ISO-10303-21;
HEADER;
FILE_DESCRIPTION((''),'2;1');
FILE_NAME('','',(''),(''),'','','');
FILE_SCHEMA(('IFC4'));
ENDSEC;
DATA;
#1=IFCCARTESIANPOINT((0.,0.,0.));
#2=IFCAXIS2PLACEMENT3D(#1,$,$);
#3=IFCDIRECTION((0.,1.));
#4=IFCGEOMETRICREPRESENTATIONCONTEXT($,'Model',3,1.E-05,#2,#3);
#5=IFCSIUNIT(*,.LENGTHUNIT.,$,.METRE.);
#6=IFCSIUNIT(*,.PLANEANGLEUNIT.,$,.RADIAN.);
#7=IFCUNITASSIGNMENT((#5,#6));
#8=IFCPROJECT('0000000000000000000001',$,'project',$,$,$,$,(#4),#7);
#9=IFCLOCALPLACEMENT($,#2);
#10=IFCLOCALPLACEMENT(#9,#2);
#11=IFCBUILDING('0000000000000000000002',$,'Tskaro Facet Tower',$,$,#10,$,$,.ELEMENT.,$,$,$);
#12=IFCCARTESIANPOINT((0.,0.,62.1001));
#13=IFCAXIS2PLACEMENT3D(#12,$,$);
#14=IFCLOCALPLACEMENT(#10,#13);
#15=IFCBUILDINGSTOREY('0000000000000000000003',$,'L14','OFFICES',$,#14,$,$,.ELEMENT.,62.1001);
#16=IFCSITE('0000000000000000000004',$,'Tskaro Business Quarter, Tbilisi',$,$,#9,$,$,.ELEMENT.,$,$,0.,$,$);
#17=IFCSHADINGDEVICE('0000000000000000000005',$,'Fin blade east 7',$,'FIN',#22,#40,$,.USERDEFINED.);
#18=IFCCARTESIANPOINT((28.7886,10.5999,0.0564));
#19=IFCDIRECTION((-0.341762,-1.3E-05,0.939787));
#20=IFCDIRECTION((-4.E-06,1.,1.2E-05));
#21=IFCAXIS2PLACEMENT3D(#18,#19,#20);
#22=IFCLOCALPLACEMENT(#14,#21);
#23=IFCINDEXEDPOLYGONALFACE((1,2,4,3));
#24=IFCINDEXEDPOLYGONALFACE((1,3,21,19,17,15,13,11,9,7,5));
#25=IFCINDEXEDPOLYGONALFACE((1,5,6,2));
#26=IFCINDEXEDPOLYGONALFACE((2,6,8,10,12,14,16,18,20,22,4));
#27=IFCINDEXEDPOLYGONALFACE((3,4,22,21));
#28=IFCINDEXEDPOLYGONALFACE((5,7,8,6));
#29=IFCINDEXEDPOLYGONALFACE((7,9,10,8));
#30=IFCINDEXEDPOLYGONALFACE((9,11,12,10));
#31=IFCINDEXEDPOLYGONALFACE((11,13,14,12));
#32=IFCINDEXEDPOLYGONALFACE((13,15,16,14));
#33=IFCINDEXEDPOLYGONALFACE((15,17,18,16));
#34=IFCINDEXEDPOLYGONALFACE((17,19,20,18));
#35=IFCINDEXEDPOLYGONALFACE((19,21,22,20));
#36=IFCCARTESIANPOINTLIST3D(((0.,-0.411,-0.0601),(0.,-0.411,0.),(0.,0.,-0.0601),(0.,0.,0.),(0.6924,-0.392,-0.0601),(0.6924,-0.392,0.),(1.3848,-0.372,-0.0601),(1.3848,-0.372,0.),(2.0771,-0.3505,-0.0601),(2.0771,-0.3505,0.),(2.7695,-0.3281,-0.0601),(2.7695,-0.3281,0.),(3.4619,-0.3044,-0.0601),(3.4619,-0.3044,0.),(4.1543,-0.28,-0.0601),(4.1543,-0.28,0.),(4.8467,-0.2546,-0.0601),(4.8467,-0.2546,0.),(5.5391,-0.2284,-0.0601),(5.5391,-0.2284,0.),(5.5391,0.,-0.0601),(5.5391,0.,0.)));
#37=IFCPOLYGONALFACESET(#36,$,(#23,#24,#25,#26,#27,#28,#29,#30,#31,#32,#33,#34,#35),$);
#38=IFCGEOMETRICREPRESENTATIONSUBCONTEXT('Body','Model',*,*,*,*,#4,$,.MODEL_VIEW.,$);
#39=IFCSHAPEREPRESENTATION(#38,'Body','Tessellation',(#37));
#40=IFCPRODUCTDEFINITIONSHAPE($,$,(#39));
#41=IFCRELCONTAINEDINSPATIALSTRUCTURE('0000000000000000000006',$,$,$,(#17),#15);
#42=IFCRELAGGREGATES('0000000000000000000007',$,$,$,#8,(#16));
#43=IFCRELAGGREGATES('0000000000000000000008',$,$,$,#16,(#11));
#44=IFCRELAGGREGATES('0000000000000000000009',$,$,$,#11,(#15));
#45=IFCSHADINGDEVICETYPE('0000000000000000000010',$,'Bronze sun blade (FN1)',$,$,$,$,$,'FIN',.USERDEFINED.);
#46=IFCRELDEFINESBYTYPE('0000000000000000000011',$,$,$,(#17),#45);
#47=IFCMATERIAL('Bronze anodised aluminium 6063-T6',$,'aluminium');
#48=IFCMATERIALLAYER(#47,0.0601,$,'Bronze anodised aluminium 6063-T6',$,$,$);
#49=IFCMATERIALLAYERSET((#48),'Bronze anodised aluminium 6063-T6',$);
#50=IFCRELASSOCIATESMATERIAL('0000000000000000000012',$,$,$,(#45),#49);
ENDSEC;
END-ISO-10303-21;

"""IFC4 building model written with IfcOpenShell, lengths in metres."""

from ifc_helpers import new_model, si_unit, direction, frame, origin, place, context, subcontext, project, spatial, polyline, outline, extrude, material, layer, layer_set, type_object, element, save


model = new_model("IFC4")

# Units and contexts
model_context = context("Model", 3, precision=1e-05, world=origin(), true_north=direction((0.0, 1.0)))
body_context = subcontext(model_context, "Body", "Model", "MODEL_VIEW")
ifc_project = project(units=[si_unit("LENGTHUNIT", "METRE"), si_unit("PLANEANGLEUNIT", "RADIAN")], contexts=[model_context])

# Site, building, storey
site_placement = place(None, origin())
site = spatial("IfcSite", under=ifc_project, at=site_placement, Name="Tskaro Business Quarter, Tbilisi", CompositionType="ELEMENT", RefElevation=0.0)
building_placement = place(site_placement, origin())
building = spatial("IfcBuilding", under=site, at=building_placement, Name="Tskaro Facet Tower", CompositionType="ELEMENT")
storey_placement = place(building_placement, frame((0.0, 0.0, 62.1001)))
storey = spatial("IfcBuildingStorey", under=building, at=storey_placement, Name="L14", Description="OFFICES", CompositionType="ELEMENT", Elevation=62.1001)

# Shared definitions
ifc_material_1 = material(Name="Bronze anodised aluminium 6063-T6", Category="aluminium")

# Shading device
ifc_layer_1 = layer(ifc_material_1, 0.0601, Name="Bronze anodised aluminium 6063-T6")
ifc_layer_set_1 = layer_set([ifc_layer_1], Name="Bronze anodised aluminium 6063-T6")
shading_device_type = type_object("IfcShadingDeviceType", Name="Bronze sun blade (FN1)", ElementType="FIN", PredefinedType="USERDEFINED", material=ifc_layer_set_1)
shading_device_1_placement = place(storey_placement, frame((28.7886, 10.5999, 0.0564), z_axis=(-0.341762, -0.000013, 0.939787), x_axis=(-0.000004, 1.0, 0.000012)))
element("IfcShadingDevice", 1, at=shading_device_1_placement, inside=storey, type_object=shading_device_type, Name="Fin blade east 7", ObjectType="FIN", PredefinedType="USERDEFINED", context=body_context, shape_type="SweptSolid", body=[
    extrude(outline(polyline([(0.0, 0.0), (5.5391, 0.0), (5.5391, -0.2284), (4.8467, -0.2546), (4.1543, -0.28), (3.4619, -0.3044), (2.7695, -0.3281), (2.0771, -0.3505), (1.3848, -0.372), (0.6924, -0.392), (0.0, -0.411), (0.0, 0.0)])), origin(), (0.0, 0.0, -1.0), 0.0601),
])

save(model, "model.ifc")
